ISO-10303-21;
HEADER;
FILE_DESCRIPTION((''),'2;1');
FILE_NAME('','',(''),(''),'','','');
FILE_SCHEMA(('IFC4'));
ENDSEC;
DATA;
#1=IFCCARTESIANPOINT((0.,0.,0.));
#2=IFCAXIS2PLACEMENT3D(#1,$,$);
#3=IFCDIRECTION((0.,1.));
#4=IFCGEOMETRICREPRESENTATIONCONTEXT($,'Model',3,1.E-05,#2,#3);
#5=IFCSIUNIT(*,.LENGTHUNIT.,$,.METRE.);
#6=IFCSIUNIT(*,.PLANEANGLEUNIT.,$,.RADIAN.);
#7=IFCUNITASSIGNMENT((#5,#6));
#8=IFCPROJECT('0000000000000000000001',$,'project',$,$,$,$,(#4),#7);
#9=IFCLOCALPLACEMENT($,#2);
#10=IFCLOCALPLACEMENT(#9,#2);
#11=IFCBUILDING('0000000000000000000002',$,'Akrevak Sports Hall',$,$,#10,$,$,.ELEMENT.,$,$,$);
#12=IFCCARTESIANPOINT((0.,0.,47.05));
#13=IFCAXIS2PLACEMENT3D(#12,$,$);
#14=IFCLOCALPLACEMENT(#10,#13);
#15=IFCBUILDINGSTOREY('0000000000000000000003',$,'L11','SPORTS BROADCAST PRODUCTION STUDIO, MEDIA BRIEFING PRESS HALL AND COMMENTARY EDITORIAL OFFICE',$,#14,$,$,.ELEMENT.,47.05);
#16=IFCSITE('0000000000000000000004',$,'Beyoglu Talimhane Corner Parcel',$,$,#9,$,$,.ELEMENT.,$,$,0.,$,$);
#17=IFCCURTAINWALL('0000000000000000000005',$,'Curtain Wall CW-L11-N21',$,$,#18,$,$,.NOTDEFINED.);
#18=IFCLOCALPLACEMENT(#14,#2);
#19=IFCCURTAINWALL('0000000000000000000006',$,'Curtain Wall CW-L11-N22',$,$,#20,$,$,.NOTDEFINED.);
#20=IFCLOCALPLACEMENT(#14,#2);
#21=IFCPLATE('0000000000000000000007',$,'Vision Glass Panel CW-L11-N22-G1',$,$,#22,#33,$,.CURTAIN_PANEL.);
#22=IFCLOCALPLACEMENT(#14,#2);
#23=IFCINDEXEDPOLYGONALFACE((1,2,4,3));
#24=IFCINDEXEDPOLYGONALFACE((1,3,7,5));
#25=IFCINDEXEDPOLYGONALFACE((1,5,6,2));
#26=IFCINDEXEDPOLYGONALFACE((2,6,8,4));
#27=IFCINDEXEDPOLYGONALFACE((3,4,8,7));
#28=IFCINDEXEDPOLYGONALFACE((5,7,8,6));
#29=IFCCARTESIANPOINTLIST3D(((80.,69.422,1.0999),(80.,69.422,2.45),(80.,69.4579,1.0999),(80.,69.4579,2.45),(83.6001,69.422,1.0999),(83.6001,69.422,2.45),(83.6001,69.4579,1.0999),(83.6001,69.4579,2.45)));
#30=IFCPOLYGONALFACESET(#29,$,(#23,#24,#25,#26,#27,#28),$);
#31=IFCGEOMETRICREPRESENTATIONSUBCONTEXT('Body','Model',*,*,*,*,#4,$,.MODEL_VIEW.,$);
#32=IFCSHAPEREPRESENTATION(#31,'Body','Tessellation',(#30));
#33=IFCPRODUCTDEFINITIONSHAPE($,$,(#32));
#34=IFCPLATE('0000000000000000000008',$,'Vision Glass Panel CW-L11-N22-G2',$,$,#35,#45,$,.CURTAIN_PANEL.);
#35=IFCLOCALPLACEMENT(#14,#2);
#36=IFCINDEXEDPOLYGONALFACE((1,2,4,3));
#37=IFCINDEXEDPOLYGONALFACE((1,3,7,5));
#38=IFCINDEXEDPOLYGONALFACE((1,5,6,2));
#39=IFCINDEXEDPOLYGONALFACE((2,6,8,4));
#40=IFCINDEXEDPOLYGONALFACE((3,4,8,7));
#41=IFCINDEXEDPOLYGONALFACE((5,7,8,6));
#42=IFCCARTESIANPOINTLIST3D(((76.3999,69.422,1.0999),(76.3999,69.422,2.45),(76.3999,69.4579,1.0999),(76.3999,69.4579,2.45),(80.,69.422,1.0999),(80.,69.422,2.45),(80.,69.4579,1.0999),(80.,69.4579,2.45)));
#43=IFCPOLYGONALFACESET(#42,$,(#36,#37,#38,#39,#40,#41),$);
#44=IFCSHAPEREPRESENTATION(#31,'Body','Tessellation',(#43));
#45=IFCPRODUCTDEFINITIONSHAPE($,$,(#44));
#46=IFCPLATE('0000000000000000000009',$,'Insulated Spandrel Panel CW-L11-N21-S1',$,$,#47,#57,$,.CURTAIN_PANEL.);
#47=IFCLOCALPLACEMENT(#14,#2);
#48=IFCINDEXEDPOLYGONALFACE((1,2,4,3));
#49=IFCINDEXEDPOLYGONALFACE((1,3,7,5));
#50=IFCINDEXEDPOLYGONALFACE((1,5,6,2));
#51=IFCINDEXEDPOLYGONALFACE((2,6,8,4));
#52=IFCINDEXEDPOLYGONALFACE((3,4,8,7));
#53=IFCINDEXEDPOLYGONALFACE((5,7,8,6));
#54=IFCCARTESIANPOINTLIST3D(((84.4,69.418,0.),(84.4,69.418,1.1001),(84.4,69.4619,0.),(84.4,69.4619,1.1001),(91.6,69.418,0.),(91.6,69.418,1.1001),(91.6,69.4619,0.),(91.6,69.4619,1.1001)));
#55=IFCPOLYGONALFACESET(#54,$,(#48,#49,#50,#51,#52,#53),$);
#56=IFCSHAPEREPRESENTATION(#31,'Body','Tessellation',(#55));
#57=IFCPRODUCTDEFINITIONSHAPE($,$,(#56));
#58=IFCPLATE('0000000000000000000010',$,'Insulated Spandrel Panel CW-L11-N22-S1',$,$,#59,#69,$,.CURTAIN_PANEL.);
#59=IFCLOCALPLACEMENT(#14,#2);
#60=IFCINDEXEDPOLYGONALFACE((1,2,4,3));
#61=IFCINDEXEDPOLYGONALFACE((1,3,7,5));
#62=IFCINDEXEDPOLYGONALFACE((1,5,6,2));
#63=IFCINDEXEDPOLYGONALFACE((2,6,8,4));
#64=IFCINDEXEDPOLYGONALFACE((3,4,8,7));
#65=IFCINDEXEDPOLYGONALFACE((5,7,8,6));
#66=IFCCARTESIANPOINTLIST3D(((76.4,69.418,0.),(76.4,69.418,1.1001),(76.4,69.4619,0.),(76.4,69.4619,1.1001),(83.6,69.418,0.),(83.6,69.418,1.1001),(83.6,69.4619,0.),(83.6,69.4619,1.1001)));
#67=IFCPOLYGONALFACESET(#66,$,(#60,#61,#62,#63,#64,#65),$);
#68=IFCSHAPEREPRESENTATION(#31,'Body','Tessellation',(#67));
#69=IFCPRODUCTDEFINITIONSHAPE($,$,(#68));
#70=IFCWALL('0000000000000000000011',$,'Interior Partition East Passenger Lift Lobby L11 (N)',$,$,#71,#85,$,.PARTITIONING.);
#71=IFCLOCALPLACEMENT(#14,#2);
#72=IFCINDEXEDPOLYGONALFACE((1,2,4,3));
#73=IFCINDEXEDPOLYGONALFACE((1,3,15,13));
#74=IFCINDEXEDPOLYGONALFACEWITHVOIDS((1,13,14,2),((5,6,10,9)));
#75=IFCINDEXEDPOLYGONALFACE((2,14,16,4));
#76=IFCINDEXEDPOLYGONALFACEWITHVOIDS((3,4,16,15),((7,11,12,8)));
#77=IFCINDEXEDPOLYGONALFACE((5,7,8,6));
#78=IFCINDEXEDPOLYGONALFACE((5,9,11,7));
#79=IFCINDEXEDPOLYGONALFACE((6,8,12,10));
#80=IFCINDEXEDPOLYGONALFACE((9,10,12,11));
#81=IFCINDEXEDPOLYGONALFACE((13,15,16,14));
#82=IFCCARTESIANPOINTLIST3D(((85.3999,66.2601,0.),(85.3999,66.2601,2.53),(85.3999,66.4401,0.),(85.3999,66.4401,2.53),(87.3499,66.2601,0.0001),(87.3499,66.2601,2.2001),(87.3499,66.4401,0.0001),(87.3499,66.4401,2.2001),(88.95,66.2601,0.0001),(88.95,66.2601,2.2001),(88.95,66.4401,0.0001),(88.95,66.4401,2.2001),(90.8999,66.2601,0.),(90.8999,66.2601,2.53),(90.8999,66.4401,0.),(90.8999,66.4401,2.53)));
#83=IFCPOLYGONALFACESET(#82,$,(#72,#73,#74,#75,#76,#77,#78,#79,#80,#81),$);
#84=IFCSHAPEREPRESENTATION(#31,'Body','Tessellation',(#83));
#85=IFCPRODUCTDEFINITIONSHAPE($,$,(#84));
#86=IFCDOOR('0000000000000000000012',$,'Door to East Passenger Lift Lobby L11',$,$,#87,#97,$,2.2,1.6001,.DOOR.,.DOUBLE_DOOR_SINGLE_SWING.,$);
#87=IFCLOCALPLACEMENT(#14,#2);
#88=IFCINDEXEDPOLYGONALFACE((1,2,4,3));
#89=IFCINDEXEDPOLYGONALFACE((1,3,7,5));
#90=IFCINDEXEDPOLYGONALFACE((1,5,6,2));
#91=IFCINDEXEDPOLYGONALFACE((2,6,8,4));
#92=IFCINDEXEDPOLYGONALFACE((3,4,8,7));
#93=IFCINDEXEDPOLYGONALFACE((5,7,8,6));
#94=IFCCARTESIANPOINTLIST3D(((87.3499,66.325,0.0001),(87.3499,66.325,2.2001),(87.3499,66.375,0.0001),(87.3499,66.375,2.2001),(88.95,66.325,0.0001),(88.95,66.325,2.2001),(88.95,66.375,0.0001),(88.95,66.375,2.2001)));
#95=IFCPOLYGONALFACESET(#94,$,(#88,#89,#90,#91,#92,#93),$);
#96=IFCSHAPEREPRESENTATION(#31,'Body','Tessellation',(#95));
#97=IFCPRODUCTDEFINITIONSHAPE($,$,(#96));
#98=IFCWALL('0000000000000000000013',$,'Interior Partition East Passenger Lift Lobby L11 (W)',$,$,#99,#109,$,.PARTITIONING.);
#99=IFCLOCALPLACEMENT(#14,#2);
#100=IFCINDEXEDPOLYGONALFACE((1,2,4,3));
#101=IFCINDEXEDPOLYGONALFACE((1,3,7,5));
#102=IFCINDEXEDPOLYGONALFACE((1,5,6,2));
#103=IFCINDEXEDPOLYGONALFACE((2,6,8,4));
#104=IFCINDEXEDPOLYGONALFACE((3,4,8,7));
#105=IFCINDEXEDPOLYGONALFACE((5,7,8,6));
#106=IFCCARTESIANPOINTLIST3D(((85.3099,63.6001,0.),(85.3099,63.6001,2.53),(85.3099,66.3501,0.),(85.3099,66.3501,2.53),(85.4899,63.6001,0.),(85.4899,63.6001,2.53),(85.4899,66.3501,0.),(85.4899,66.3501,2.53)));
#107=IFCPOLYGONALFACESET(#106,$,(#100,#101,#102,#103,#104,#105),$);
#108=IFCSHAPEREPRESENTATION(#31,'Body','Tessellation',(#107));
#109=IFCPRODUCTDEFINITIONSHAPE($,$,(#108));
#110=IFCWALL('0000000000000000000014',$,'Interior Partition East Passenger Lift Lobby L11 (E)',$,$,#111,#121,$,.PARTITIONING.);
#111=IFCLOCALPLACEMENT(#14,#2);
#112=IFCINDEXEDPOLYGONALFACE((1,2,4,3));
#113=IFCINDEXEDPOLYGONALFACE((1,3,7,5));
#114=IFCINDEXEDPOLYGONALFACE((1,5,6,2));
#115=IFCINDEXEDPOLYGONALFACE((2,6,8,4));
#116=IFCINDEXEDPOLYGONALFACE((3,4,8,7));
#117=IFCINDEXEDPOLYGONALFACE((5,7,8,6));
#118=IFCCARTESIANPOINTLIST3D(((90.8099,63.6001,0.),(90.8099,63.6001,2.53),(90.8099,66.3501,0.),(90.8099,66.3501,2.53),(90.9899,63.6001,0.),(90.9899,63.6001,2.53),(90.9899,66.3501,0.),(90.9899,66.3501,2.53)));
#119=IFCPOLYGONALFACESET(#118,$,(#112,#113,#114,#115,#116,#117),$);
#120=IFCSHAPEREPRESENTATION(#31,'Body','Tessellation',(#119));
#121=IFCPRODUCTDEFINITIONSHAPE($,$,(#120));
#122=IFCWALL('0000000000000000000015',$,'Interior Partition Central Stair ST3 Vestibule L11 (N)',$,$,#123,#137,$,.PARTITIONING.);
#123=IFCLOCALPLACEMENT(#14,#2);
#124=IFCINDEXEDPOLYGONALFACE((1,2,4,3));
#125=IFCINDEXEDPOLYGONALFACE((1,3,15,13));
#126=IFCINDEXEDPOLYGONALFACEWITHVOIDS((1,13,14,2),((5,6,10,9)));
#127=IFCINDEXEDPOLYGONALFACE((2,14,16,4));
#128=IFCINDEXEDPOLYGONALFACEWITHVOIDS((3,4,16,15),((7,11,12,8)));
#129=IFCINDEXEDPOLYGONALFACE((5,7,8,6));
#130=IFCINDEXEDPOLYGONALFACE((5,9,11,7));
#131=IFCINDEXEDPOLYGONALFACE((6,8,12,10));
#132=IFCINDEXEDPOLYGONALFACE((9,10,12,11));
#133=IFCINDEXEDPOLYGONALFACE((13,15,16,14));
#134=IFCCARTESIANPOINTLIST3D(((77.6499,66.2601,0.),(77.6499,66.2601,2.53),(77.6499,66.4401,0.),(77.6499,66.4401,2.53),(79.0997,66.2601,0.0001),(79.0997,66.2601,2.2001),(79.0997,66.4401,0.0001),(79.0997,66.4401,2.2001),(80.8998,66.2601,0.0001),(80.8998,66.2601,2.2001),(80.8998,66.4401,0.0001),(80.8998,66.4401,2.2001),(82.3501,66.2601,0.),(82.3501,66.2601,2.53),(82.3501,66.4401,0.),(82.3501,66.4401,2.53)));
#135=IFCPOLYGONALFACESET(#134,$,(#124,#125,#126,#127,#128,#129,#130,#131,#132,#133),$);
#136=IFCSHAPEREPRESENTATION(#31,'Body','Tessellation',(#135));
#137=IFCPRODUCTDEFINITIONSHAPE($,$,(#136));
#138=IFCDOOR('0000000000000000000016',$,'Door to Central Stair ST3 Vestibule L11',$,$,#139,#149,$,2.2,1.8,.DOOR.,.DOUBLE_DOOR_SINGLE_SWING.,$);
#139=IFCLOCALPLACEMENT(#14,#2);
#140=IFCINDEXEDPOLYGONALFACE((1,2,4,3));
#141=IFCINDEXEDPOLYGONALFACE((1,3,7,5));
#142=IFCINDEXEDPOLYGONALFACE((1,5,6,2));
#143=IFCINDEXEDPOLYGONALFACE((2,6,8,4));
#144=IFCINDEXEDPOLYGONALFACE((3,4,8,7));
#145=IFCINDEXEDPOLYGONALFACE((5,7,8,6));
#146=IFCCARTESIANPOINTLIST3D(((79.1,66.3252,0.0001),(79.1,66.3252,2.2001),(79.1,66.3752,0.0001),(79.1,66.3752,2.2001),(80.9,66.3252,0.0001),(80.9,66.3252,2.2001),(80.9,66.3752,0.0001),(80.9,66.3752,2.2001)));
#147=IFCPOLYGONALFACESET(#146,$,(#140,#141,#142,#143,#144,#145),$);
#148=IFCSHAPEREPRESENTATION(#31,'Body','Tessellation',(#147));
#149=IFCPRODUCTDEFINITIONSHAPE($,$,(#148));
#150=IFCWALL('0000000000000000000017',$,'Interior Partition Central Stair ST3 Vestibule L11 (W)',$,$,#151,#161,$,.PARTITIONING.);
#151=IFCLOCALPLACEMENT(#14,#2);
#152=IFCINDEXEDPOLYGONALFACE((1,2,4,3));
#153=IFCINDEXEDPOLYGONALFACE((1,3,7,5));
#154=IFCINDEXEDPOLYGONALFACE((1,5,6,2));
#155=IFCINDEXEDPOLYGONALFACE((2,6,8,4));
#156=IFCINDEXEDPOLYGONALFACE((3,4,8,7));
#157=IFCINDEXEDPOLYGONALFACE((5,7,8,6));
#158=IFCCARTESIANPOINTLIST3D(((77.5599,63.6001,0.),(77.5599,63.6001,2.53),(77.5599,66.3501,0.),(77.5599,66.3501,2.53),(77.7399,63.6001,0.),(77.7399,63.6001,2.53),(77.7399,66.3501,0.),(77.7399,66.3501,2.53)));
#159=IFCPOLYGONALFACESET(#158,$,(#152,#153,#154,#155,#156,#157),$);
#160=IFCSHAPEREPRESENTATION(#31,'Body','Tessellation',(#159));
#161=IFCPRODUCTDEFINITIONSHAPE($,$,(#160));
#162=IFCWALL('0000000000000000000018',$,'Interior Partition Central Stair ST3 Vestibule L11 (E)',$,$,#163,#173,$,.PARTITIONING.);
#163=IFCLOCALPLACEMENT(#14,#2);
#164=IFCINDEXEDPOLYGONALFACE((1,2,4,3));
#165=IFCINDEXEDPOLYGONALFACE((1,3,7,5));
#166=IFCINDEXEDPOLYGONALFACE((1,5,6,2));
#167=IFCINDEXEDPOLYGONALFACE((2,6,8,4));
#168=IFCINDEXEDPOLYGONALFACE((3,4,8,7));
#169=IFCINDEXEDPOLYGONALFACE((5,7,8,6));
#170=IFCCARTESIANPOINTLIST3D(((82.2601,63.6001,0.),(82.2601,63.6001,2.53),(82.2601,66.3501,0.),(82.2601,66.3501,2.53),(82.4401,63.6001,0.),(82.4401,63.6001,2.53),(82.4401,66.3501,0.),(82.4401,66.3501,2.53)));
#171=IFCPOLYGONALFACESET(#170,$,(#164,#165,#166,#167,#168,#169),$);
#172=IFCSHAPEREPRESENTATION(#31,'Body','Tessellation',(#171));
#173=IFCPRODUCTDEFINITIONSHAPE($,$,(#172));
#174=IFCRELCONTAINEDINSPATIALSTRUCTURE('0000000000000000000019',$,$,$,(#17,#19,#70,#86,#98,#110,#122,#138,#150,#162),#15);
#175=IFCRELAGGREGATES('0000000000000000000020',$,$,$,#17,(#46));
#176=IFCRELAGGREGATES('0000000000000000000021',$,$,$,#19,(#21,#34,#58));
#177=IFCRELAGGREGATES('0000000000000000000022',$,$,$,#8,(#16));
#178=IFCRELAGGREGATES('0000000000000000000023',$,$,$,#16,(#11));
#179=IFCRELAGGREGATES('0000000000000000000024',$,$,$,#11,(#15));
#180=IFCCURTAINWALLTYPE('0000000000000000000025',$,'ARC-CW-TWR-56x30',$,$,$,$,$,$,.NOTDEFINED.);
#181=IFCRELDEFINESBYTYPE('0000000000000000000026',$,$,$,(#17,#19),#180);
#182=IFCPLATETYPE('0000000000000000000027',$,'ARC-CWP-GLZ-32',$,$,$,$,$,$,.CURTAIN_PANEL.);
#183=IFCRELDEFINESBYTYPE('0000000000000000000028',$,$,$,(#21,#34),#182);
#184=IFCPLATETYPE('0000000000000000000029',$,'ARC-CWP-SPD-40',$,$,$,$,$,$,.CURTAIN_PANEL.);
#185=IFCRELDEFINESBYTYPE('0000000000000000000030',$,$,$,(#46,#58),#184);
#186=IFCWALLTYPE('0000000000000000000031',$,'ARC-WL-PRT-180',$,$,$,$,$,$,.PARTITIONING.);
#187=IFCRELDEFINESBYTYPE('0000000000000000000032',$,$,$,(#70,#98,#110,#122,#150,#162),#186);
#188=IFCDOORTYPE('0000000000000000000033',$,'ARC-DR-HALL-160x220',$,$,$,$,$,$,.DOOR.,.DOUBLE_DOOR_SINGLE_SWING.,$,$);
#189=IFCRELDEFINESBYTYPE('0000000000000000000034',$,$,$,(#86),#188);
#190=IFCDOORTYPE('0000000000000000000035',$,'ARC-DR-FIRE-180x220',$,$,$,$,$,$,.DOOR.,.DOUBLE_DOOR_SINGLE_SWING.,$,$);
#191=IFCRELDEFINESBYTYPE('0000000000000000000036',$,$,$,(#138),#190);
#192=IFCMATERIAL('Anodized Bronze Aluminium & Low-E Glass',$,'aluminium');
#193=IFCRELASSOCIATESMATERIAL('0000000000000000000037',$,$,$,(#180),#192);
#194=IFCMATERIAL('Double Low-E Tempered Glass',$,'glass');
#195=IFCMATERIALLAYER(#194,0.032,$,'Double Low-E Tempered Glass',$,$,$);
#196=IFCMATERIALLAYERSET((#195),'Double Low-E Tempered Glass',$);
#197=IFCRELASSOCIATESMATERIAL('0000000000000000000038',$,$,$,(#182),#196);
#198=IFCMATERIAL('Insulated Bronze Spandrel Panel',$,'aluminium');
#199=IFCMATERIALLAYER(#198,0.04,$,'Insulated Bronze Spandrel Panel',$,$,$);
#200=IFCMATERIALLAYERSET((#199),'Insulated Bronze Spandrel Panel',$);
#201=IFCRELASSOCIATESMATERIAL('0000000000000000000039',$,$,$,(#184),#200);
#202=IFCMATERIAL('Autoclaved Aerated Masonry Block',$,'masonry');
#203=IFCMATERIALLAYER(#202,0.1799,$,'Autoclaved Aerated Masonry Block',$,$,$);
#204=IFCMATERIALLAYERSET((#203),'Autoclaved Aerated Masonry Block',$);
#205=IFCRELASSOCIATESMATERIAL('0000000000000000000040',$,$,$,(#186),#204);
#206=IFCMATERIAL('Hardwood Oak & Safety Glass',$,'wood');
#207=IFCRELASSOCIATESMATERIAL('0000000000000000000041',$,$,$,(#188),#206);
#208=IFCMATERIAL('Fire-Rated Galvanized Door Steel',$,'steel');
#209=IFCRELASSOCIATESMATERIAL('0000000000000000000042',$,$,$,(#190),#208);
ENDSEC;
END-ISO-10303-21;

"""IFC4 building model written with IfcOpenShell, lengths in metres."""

from ifc_helpers import new_model, si_unit, direction, frame, frame_2d, origin, origin_2d, place, context, subcontext, project, spatial, rectangle, extrude, material, layer, layer_set, type_object, element, fill, aggregate, save


model = new_model("IFC4")

# Units and contexts
model_context = context("Model", 3, precision=1e-05, world=origin(), true_north=direction((0.0, 1.0)))
body_context = subcontext(model_context, "Body", "Model", "MODEL_VIEW")
ifc_project = project(units=[si_unit("LENGTHUNIT", "METRE"), si_unit("PLANEANGLEUNIT", "RADIAN")], contexts=[model_context])

# Site, building, storey
site_placement = place(None, origin())
site = spatial("IfcSite", under=ifc_project, at=site_placement, Name="Beyoglu Talimhane Corner Parcel", CompositionType="ELEMENT", RefElevation=0.0)
building_placement = place(site_placement, origin())
building = spatial("IfcBuilding", under=site, at=building_placement, Name="Akrevak Sports Hall", CompositionType="ELEMENT")
storey_placement = place(building_placement, frame((0.0, 0.0, 47.05)))
storey = spatial("IfcBuildingStorey", under=building, at=storey_placement, Name="L11", Description="SPORTS BROADCAST PRODUCTION STUDIO, MEDIA BRIEFING PRESS HALL AND COMMENTARY EDITORIAL OFFICE", CompositionType="ELEMENT", Elevation=47.05)

# Curtain walls
ifc_material_1 = material(Name="Anodized Bronze Aluminium & Low-E Glass", Category="aluminium")
curtain_wall_type = type_object("IfcCurtainWallType", Name="ARC-CW-TWR-56x30", PredefinedType="NOTDEFINED", material=ifc_material_1)
curtain_wall_1_placement = place(storey_placement, origin())
curtain_wall_1 = element("IfcCurtainWall", 1, at=curtain_wall_1_placement, inside=storey, type_object=curtain_wall_type, Name="Curtain Wall CW-L11-N21", PredefinedType="NOTDEFINED")
curtain_wall_2_placement = place(storey_placement, origin())
curtain_wall_2 = element("IfcCurtainWall", 2, at=curtain_wall_2_placement, inside=storey, type_object=curtain_wall_type, Name="Curtain Wall CW-L11-N22", PredefinedType="NOTDEFINED")

# Plates
ifc_material_2 = material(Name="Double Low-E Tempered Glass", Category="glass")
ifc_layer_1 = layer(ifc_material_2, 0.032, Name="Double Low-E Tempered Glass")
ifc_layer_set_1 = layer_set([ifc_layer_1], Name="Double Low-E Tempered Glass")
plate_type_1 = type_object("IfcPlateType", Name="ARC-CWP-GLZ-32", PredefinedType="CURTAIN_PANEL", material=ifc_layer_set_1)
plate_1_placement = place(storey_placement, frame((81.8, 69.4399, 1.0999), z_axis=(0.0, 0.0, 1.0), x_axis=(-1.0, 0.0, 0.0)))
plate_1 = element("IfcPlate", 3, at=plate_1_placement, type_object=plate_type_1, Name="Vision Glass Panel CW-L11-N22-G1", PredefinedType="CURTAIN_PANEL", context=body_context, shape_type="SweptSolid", body=[
    extrude(rectangle(XDim=3.6001, YDim=0.0359, at=origin_2d()), origin(), (0.0, 0.0, 1.0), 1.3501),
])
plate_2_placement = place(storey_placement, frame((78.2, 69.4399, 1.0999), z_axis=(0.0, 0.0, 1.0), x_axis=(-1.0, 0.0, 0.0)))
plate_2 = element("IfcPlate", 4, at=plate_2_placement, type_object=plate_type_1, Name="Vision Glass Panel CW-L11-N22-G2", PredefinedType="CURTAIN_PANEL", context=body_context, shape_type="SweptSolid", body=[
    extrude(rectangle(XDim=3.6001, YDim=0.0359, at=origin_2d()), origin(), (0.0, 0.0, 1.0), 1.3501),
])
ifc_material_3 = material(Name="Insulated Bronze Spandrel Panel", Category="aluminium")
ifc_layer_2 = layer(ifc_material_3, 0.04, Name="Insulated Bronze Spandrel Panel")
ifc_layer_set_2 = layer_set([ifc_layer_2], Name="Insulated Bronze Spandrel Panel")
plate_type_2 = type_object("IfcPlateType", Name="ARC-CWP-SPD-40", PredefinedType="CURTAIN_PANEL", material=ifc_layer_set_2)
plate_3_placement = place(storey_placement, frame((88.0, 69.4399, 0.0), z_axis=(0.0, 0.0, 1.0), x_axis=(-1.0, 0.0, 0.0)))
plate_3 = element("IfcPlate", 5, at=plate_3_placement, type_object=plate_type_2, Name="Insulated Spandrel Panel CW-L11-N21-S1", PredefinedType="CURTAIN_PANEL", context=body_context, shape_type="SweptSolid", body=[
    extrude(rectangle(XDim=7.2, YDim=0.0439, at=origin_2d()), origin(), (0.0, 0.0, 1.0), 1.1001),
])
aggregate(curtain_wall_1, [plate_3])
plate_4_placement = place(storey_placement, frame((80.0, 69.4399, 0.0), z_axis=(0.0, 0.0, 1.0), x_axis=(-1.0, 0.0, 0.0)))
plate_4 = element("IfcPlate", 6, at=plate_4_placement, type_object=plate_type_2, Name="Insulated Spandrel Panel CW-L11-N22-S1", PredefinedType="CURTAIN_PANEL", context=body_context, shape_type="SweptSolid", body=[
    extrude(rectangle(XDim=7.2, YDim=0.0439, at=origin_2d()), origin(), (0.0, 0.0, 1.0), 1.1001),
])
aggregate(curtain_wall_2, [plate_1, plate_2, plate_4])

# Wall, opening, door
ifc_material_4 = material(Name="Autoclaved Aerated Masonry Block", Category="masonry")
ifc_layer_3 = layer(ifc_material_4, 0.1799, Name="Autoclaved Aerated Masonry Block")
ifc_layer_set_3 = layer_set([ifc_layer_3], Name="Autoclaved Aerated Masonry Block")
wall_type_1 = type_object("IfcWallType", Name="ARC-WL-PRT-180", PredefinedType="PARTITIONING", material=ifc_layer_set_3)
wall_1_placement = place(storey_placement, frame((85.3999, 66.3501, 0.0), z_axis=(0.0, 0.0, 1.0), x_axis=(1.0, 0.0, 0.0)))
wall_1 = element("IfcWall", 7, at=wall_1_placement, inside=storey, type_object=wall_type_1, Name="Interior Partition East Passenger Lift Lobby L11 (N)", PredefinedType="PARTITIONING", context=body_context, shape_type="SweptSolid", body=[
    extrude(rectangle(XDim=5.5, YDim=0.1799, at=frame_2d((2.75, 0.0))), origin(), (0.0, 0.0, 1.0), 2.53),
])
opening_1_placement = place(wall_1_placement, frame((1.95, 0.0, 0.0)))
opening_1 = element("IfcOpeningElement", 8, at=opening_1_placement, cuts=wall_1, PredefinedType="OPENING", context=body_context, shape_type="SweptSolid", body=[
    extrude(rectangle(XDim=1.6001, YDim=2.2, at=frame_2d((0.8, 1.1001))), frame((0.0, 0.1021, 0.0), z_axis=(0.0, -1.0, 0.0), x_axis=(1.0, 0.0, 0.0)), (0.0, 0.0, 1.0), 0.2039),
])
ifc_material_5 = material(Name="Hardwood Oak & Safety Glass", Category="wood")
door_type_1 = type_object("IfcDoorType", Name="ARC-DR-HALL-160x220", OperationType="DOUBLE_DOOR_SINGLE_SWING", PredefinedType="DOOR", material=ifc_material_5)
door_1_placement = place(opening_1_placement, origin())
door_1 = element("IfcDoor", 9, at=door_1_placement, inside=storey, type_object=door_type_1, Name="Door to East Passenger Lift Lobby L11", OperationType="DOUBLE_DOOR_SINGLE_SWING", OverallHeight=2.2, OverallWidth=1.6001, PredefinedType="DOOR", context=body_context, shape_type="SweptSolid", body=[
    extrude(rectangle(XDim=1.6001, YDim=2.2, at=frame_2d((0.8, 1.1001))), frame((0.0, 0.0249, 0.0), z_axis=(0.0, -1.0, 0.0), x_axis=(1.0, 0.0, 0.0)), (0.0, 0.0, 1.0), 0.05),
])
fill(opening_1, door_1)

# Walls
for number, where, z_axis, x_axis, name in (
    (10, (85.3999, 63.6001, 0.0), (0.0, 0.0, 1.0), (0.0, 1.0, 0.0), "Interior Partition East Passenger Lift Lobby L11 (W)"),
    (11, (90.8999, 63.6001, 0.0), (0.0, 0.0, 1.0), (0.0, 1.0, 0.0), "Interior Partition East Passenger Lift Lobby L11 (E)"),
):
    element("IfcWall", number, at=place(storey_placement, frame(where, z_axis=z_axis, x_axis=x_axis)), inside=storey, type_object=wall_type_1, Name=name, PredefinedType="PARTITIONING", context=body_context, shape_type="SweptSolid", body=[
        extrude(rectangle(XDim=2.75, YDim=0.1799, at=frame_2d((1.375, 0.0))), origin(), (0.0, 0.0, 1.0), 2.53),
    ])

# Wall, opening, door
wall_2_placement = place(storey_placement, frame((77.6499, 66.3501, 0.0), z_axis=(0.0, 0.0, 1.0), x_axis=(1.0, 0.0, 0.0)))
wall_2 = element("IfcWall", 12, at=wall_2_placement, inside=storey, type_object=wall_type_1, Name="Interior Partition Central Stair ST3 Vestibule L11 (N)", PredefinedType="PARTITIONING", context=body_context, shape_type="SweptSolid", body=[
    extrude(rectangle(XDim=4.7002, YDim=0.1799, at=frame_2d((2.3501, 0.0))), origin(), (0.0, 0.0, 1.0), 2.53),
])
opening_2_placement = place(wall_2_placement, frame((1.45, 0.0, 0.0)))
opening_2 = element("IfcOpeningElement", 13, at=opening_2_placement, cuts=wall_2, PredefinedType="OPENING", context=body_context, shape_type="SweptSolid", body=[
    extrude(rectangle(XDim=1.8, YDim=2.2, at=frame_2d((0.8999, 1.1001))), frame((0.0, 0.1021, 0.0), z_axis=(0.0, -1.0, 0.0), x_axis=(1.0, 0.0, 0.0)), (0.0, 0.0, 1.0), 0.2039),
])
ifc_material_6 = material(Name="Fire-Rated Galvanized Door Steel", Category="steel")
door_type_2 = type_object("IfcDoorType", Name="ARC-DR-FIRE-180x220", OperationType="DOUBLE_DOOR_SINGLE_SWING", PredefinedType="DOOR", material=ifc_material_6)
door_2_placement = place(opening_2_placement, frame((1.8, 0.0, 0.0), z_axis=(0.0, 0.0, 1.0), x_axis=(-1.0, 0.0, 0.0)))
door_2 = element("IfcDoor", 14, at=door_2_placement, inside=storey, type_object=door_type_2, Name="Door to Central Stair ST3 Vestibule L11", OperationType="DOUBLE_DOOR_SINGLE_SWING", OverallHeight=2.2, OverallWidth=1.8, PredefinedType="DOOR", context=body_context, shape_type="SweptSolid", body=[
    extrude(rectangle(XDim=1.8, YDim=2.2, at=frame_2d((0.8999, 1.1001))), frame((0.0, 0.0249, 0.0), z_axis=(0.0, -1.0, 0.0), x_axis=(1.0, 0.0, 0.0)), (0.0, 0.0, 1.0), 0.05),
])
fill(opening_2, door_2)

# Walls
for number, where, z_axis, x_axis, name in (
    (15, (77.6499, 63.6001, 0.0), (0.0, 0.0, 1.0), (0.0, 1.0, 0.0), "Interior Partition Central Stair ST3 Vestibule L11 (W)"),
    (16, (82.3501, 63.6001, 0.0), (0.0, 0.0, 1.0), (0.0, 1.0, 0.0), "Interior Partition Central Stair ST3 Vestibule L11 (E)"),
):
    element("IfcWall", number, at=place(storey_placement, frame(where, z_axis=z_axis, x_axis=x_axis)), inside=storey, type_object=wall_type_1, Name=name, PredefinedType="PARTITIONING", context=body_context, shape_type="SweptSolid", body=[
        extrude(rectangle(XDim=2.75, YDim=0.1799, at=frame_2d((1.375, 0.0))), origin(), (0.0, 0.0, 1.0), 2.53),
    ])

save(model, "model.ifc")
